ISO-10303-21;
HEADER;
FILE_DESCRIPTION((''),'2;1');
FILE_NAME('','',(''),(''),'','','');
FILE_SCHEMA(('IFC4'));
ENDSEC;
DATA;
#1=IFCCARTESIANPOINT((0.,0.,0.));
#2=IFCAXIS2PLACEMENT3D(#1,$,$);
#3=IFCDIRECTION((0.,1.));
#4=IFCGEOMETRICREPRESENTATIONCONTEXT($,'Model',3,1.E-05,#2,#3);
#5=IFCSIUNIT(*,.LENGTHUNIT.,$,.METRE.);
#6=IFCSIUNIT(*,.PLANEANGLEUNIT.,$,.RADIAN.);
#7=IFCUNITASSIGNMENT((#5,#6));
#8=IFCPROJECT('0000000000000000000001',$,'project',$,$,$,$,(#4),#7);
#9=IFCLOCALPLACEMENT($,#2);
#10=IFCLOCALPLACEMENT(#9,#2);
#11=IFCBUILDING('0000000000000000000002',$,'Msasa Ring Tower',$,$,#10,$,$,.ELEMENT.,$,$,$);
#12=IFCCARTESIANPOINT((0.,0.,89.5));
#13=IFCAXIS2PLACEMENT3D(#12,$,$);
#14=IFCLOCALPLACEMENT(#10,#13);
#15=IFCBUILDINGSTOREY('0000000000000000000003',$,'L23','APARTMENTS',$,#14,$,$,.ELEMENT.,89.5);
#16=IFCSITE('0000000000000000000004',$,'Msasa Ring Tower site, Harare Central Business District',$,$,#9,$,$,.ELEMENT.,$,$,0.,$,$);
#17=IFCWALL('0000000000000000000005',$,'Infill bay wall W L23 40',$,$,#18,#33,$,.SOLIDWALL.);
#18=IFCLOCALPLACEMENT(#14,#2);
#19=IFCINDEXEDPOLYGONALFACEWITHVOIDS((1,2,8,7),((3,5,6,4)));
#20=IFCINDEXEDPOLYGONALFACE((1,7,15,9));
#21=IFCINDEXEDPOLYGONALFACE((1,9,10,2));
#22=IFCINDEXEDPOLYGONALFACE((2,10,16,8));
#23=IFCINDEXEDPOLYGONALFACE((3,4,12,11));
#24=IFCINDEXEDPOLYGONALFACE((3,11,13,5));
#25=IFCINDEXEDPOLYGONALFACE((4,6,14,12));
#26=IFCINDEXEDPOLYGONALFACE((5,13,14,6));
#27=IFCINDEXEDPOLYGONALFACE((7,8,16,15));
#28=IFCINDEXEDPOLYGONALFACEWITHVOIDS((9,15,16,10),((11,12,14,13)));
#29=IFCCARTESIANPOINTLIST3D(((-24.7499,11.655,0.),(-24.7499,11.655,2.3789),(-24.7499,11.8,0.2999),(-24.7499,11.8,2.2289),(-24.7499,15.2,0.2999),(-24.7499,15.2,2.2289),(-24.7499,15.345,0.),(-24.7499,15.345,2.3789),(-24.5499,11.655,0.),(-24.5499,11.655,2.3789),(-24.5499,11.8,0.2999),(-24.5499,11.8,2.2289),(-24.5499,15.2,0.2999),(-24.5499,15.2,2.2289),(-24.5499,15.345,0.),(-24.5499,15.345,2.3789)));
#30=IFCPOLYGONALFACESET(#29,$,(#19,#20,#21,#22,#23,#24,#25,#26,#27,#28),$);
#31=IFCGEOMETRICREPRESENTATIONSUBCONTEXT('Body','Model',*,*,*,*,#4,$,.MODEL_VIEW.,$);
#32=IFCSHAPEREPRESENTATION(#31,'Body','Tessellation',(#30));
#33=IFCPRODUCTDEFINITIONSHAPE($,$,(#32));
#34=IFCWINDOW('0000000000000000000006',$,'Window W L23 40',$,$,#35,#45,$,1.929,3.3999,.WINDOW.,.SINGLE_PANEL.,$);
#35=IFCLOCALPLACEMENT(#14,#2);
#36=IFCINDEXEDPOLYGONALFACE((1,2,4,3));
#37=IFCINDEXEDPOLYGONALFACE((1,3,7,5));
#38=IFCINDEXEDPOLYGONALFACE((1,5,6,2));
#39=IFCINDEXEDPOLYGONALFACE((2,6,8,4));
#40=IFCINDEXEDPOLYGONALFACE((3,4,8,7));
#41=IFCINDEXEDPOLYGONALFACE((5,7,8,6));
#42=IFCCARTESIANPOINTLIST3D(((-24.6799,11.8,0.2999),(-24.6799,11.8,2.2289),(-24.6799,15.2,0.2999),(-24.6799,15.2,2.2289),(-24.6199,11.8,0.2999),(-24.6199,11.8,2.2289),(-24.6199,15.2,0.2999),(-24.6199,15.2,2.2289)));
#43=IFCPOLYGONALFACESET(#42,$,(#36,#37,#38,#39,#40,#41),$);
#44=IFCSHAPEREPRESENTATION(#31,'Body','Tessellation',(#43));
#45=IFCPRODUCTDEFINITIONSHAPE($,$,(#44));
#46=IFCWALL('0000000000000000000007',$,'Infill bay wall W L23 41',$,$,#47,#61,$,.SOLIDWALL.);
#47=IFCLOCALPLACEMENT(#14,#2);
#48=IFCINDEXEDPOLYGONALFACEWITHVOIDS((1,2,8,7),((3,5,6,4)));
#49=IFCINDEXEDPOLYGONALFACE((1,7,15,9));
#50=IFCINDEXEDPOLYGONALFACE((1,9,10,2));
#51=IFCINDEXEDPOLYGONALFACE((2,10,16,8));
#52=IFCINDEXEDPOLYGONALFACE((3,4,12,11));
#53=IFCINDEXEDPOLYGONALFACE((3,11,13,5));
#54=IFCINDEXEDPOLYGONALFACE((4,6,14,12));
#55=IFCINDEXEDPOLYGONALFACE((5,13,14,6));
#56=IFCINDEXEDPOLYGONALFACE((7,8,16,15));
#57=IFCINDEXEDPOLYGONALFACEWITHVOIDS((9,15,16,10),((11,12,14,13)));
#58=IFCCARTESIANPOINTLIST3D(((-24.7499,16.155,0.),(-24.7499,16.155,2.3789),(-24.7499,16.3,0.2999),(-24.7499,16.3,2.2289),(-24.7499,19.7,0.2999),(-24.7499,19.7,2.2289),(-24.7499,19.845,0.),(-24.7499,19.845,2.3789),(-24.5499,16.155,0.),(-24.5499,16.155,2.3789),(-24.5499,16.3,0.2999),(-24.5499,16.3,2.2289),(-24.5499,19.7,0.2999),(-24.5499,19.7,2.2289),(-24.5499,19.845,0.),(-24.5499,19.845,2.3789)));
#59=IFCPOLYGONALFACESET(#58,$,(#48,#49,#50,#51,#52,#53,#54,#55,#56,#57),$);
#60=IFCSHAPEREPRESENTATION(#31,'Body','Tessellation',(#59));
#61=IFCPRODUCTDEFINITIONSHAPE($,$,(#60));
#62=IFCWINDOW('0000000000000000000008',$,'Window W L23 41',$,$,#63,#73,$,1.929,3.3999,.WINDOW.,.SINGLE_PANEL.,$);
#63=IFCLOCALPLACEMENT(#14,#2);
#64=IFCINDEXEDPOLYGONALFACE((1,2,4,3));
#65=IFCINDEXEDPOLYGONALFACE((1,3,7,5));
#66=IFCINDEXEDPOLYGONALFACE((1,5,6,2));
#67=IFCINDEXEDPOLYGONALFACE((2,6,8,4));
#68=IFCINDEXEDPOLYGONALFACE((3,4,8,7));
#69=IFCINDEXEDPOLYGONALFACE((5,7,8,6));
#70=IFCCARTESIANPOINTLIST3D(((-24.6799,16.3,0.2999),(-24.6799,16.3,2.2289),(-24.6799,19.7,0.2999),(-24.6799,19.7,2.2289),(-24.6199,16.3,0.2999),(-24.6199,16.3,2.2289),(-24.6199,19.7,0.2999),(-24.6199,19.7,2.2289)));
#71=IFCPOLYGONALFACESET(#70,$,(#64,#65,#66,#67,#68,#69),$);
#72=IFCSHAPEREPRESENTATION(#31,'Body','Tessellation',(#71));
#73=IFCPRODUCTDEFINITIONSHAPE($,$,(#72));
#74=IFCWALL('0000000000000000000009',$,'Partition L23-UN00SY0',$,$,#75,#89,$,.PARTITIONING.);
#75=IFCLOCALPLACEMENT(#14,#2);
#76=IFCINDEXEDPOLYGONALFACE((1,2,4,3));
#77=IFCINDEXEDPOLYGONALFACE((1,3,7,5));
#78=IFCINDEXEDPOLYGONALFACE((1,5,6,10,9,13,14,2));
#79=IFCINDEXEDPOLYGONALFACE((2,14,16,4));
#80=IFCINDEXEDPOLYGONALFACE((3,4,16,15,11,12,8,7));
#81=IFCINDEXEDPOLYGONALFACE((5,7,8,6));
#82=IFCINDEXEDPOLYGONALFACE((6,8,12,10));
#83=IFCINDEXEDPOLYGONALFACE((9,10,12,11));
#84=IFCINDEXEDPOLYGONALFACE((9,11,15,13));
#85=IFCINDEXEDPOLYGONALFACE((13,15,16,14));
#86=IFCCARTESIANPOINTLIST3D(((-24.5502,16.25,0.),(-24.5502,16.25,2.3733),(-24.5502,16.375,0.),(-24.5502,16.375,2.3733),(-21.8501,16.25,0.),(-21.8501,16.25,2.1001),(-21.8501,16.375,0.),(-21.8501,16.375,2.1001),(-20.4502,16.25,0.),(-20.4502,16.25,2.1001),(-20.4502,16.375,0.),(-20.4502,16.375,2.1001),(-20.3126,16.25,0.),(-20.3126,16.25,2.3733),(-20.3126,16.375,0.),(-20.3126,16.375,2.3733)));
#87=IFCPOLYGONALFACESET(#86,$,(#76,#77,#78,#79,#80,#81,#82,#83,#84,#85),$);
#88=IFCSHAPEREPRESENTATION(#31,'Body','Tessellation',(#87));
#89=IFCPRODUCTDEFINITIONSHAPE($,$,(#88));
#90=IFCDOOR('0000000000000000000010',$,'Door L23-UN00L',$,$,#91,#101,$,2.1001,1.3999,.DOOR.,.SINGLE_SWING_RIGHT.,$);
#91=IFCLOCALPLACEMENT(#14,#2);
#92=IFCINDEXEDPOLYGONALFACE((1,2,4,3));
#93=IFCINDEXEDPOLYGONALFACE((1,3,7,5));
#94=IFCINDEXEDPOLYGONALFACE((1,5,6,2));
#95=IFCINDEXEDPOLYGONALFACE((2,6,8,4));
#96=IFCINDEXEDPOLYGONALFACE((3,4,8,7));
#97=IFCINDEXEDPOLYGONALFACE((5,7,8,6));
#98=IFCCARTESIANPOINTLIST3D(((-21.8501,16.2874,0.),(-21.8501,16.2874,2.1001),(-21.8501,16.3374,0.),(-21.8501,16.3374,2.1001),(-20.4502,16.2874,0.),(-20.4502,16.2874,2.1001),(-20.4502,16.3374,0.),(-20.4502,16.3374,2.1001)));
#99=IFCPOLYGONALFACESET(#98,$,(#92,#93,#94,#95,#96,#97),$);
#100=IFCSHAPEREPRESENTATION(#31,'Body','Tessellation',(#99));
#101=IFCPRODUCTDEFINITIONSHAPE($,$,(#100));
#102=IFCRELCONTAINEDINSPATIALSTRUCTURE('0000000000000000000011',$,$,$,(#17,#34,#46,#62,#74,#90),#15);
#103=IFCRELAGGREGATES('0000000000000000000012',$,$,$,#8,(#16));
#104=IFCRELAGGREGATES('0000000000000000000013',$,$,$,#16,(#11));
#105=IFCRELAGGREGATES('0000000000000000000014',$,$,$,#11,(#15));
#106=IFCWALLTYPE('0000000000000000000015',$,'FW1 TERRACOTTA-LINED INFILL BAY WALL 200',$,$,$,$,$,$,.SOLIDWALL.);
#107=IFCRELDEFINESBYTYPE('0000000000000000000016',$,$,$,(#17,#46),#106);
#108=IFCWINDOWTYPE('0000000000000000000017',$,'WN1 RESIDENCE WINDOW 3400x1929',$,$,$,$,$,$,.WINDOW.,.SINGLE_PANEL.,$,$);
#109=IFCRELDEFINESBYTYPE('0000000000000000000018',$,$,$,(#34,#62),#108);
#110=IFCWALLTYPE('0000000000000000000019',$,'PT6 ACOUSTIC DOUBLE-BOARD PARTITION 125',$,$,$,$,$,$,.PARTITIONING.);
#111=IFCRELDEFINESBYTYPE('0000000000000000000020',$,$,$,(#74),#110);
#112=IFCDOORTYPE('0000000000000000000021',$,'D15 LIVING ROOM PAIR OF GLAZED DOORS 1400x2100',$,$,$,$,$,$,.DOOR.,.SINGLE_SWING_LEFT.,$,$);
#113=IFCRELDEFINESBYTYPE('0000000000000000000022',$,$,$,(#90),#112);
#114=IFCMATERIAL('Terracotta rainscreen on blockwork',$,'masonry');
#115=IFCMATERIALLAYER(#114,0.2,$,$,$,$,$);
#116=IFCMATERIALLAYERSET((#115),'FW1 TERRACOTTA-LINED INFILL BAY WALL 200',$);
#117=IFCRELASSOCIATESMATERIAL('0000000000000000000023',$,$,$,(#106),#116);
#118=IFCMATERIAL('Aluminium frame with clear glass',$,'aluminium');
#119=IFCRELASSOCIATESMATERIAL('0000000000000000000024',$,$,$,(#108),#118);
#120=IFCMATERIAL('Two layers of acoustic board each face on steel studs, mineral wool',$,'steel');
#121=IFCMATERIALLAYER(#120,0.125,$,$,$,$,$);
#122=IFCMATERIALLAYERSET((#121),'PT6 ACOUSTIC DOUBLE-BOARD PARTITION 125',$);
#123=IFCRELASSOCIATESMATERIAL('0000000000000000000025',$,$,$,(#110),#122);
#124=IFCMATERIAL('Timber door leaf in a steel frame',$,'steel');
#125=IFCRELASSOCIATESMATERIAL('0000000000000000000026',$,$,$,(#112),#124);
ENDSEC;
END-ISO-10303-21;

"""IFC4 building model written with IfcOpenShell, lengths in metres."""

from ifc_helpers import new_model, si_unit, direction, frame, frame_2d, origin, place, context, subcontext, project, spatial, rectangle, extrude, material, layer, layer_set, type_object, element, fill, save


model = new_model("IFC4")

# Units and contexts
model_context = context("Model", 3, precision=1e-05, world=origin(), true_north=direction((0.0, 1.0)))
body_context = subcontext(model_context, "Body", "Model", "MODEL_VIEW")
ifc_project = project(units=[si_unit("LENGTHUNIT", "METRE"), si_unit("PLANEANGLEUNIT", "RADIAN")], contexts=[model_context])

# Site, building, storey
site_placement = place(None, origin())
site = spatial("IfcSite", under=ifc_project, at=site_placement, Name="Msasa Ring Tower site, Harare Central Business District", CompositionType="ELEMENT", RefElevation=0.0)
building_placement = place(site_placement, origin())
building = spatial("IfcBuilding", under=site, at=building_placement, Name="Msasa Ring Tower", CompositionType="ELEMENT")
storey_placement = place(building_placement, frame((0.0, 0.0, 89.5)))
storey = spatial("IfcBuildingStorey", under=building, at=storey_placement, Name="L23", Description="APARTMENTS", CompositionType="ELEMENT", Elevation=89.5)

# Walls, openings, windows
ifc_material_1 = material(Name="Terracotta rainscreen on blockwork", Category="masonry")
ifc_layer_1 = layer(ifc_material_1, 0.2)
ifc_layer_set_1 = layer_set([ifc_layer_1], Name="FW1 TERRACOTTA-LINED INFILL BAY WALL 200")
wall_type_1 = type_object("IfcWallType", Name="FW1 TERRACOTTA-LINED INFILL BAY WALL 200", PredefinedType="SOLIDWALL", material=ifc_layer_set_1)
wall_1_placement = place(storey_placement, frame((-24.6499, 11.655, 0.0), z_axis=(0.0, 0.0, 1.0), x_axis=(0.0, 1.0, 0.0)))
wall_1 = element("IfcWall", 1, at=wall_1_placement, inside=storey, type_object=wall_type_1, Name="Infill bay wall W L23 40", PredefinedType="SOLIDWALL", context=body_context, shape_type="SweptSolid", body=[
    extrude(rectangle(XDim=3.6899, YDim=0.2, at=frame_2d((1.845, 0.0))), origin(), (0.0, 0.0, 1.0), 2.3789),
])
opening_1_placement = place(wall_1_placement, frame((0.145, 0.0, 0.3)))
opening_1 = element("IfcOpeningElement", 2, at=opening_1_placement, cuts=wall_1, PredefinedType="OPENING", context=body_context, shape_type="SweptSolid", body=[
    extrude(rectangle(XDim=3.3999, YDim=1.929, at=frame_2d((1.7, 0.9644))), frame((0.0, 0.1099, 0.0), z_axis=(0.0, -1.0, 0.0), x_axis=(1.0, 0.0, 0.0)), (0.0, 0.0, 1.0), 0.22),
])
ifc_material_2 = material(Name="Aluminium frame with clear glass", Category="aluminium")
window_type = type_object("IfcWindowType", Name="WN1 RESIDENCE WINDOW 3400x1929", PartitioningType="SINGLE_PANEL", PredefinedType="WINDOW", material=ifc_material_2)
window_1_placement = place(opening_1_placement, origin())
window_1 = element("IfcWindow", 3, at=window_1_placement, inside=storey, type_object=window_type, Name="Window W L23 40", OverallHeight=1.929, OverallWidth=3.3999, PartitioningType="SINGLE_PANEL", PredefinedType="WINDOW", context=body_context, shape_type="SweptSolid", body=[
    extrude(rectangle(XDim=3.3999, YDim=1.929, at=frame_2d((1.7, 0.9644))), frame((0.0, 0.03, 0.0), z_axis=(0.0, -1.0, 0.0), x_axis=(1.0, 0.0, 0.0)), (0.0, 0.0, 1.0), 0.0601),
])
fill(opening_1, window_1)
wall_2_placement = place(storey_placement, frame((-24.6499, 16.155, 0.0), z_axis=(0.0, 0.0, 1.0), x_axis=(0.0, 1.0, 0.0)))
wall_2 = element("IfcWall", 4, at=wall_2_placement, inside=storey, type_object=wall_type_1, Name="Infill bay wall W L23 41", PredefinedType="SOLIDWALL", context=body_context, shape_type="SweptSolid", body=[
    extrude(rectangle(XDim=3.6899, YDim=0.2, at=frame_2d((1.845, 0.0))), origin(), (0.0, 0.0, 1.0), 2.3789),
])
opening_2_placement = place(wall_2_placement, frame((0.145, 0.0, 0.3)))
opening_2 = element("IfcOpeningElement", 5, at=opening_2_placement, cuts=wall_2, PredefinedType="OPENING", context=body_context, shape_type="SweptSolid", body=[
    extrude(rectangle(XDim=3.3999, YDim=1.929, at=frame_2d((1.7, 0.9644))), frame((0.0, 0.1099, 0.0), z_axis=(0.0, -1.0, 0.0), x_axis=(1.0, 0.0, 0.0)), (0.0, 0.0, 1.0), 0.22),
])
window_2_placement = place(opening_2_placement, origin())
window_2 = element("IfcWindow", 6, at=window_2_placement, inside=storey, type_object=window_type, Name="Window W L23 41", OverallHeight=1.929, OverallWidth=3.3999, PartitioningType="SINGLE_PANEL", PredefinedType="WINDOW", context=body_context, shape_type="SweptSolid", body=[
    extrude(rectangle(XDim=3.3999, YDim=1.929, at=frame_2d((1.7, 0.9644))), frame((0.0, 0.03, 0.0), z_axis=(0.0, -1.0, 0.0), x_axis=(1.0, 0.0, 0.0)), (0.0, 0.0, 1.0), 0.0601),
])
fill(opening_2, window_2)

# Wall, opening, door
ifc_material_3 = material(Name="Two layers of acoustic board each face on steel studs, mineral wool", Category="steel")
ifc_layer_2 = layer(ifc_material_3, 0.125)
ifc_layer_set_2 = layer_set([ifc_layer_2], Name="PT6 ACOUSTIC DOUBLE-BOARD PARTITION 125")
wall_type_2 = type_object("IfcWallType", Name="PT6 ACOUSTIC DOUBLE-BOARD PARTITION 125", PredefinedType="PARTITIONING", material=ifc_layer_set_2)
wall_3_placement = place(storey_placement, frame((-24.55, 16.3125, 0.0), z_axis=(0.0, 0.0, 1.0), x_axis=(1.0, 0.0, 0.0)))
wall_3 = element("IfcWall", 7, at=wall_3_placement, inside=storey, type_object=wall_type_2, Name="Partition L23-UN00SY0", PredefinedType="PARTITIONING", context=body_context, shape_type="SweptSolid", body=[
    extrude(rectangle(XDim=4.2375, YDim=0.125, at=frame_2d((2.1187, 0.0))), origin(), (0.0, 0.0, 1.0), 2.3733),
])
opening_3_placement = place(wall_3_placement, frame((2.7, 0.0, 0.0)))
opening_3 = element("IfcOpeningElement", 8, at=opening_3_placement, cuts=wall_3, PredefinedType="OPENING", context=body_context, shape_type="SweptSolid", body=[
    extrude(rectangle(XDim=1.3999, YDim=2.1001, at=frame_2d((0.7, 1.05))), frame((0.0, 0.0725, 0.0), z_axis=(0.0, -1.0, 0.0), x_axis=(1.0, 0.0, 0.0)), (0.0, 0.0, 1.0), 0.145),
])
ifc_material_4 = material(Name="Timber door leaf in a steel frame", Category="steel")
door_type = type_object("IfcDoorType", Name="D15 LIVING ROOM PAIR OF GLAZED DOORS 1400x2100", OperationType="SINGLE_SWING_LEFT", PredefinedType="DOOR", material=ifc_material_4)
door_placement = place(opening_3_placement, origin())
door = element("IfcDoor", 9, at=door_placement, inside=storey, type_object=door_type, Name="Door L23-UN00L", OperationType="SINGLE_SWING_RIGHT", OverallHeight=2.1001, OverallWidth=1.3999, PredefinedType="DOOR", context=body_context, shape_type="SweptSolid", body=[
    extrude(rectangle(XDim=1.3999, YDim=2.1001, at=frame_2d((0.7, 1.05))), frame((0.0, 0.0249, 0.0), z_axis=(0.0, -1.0, 0.0), x_axis=(1.0, 0.0, 0.0)), (0.0, 0.0, 1.0), 0.05),
])
fill(opening_3, door)

save(model, "model.ifc")
